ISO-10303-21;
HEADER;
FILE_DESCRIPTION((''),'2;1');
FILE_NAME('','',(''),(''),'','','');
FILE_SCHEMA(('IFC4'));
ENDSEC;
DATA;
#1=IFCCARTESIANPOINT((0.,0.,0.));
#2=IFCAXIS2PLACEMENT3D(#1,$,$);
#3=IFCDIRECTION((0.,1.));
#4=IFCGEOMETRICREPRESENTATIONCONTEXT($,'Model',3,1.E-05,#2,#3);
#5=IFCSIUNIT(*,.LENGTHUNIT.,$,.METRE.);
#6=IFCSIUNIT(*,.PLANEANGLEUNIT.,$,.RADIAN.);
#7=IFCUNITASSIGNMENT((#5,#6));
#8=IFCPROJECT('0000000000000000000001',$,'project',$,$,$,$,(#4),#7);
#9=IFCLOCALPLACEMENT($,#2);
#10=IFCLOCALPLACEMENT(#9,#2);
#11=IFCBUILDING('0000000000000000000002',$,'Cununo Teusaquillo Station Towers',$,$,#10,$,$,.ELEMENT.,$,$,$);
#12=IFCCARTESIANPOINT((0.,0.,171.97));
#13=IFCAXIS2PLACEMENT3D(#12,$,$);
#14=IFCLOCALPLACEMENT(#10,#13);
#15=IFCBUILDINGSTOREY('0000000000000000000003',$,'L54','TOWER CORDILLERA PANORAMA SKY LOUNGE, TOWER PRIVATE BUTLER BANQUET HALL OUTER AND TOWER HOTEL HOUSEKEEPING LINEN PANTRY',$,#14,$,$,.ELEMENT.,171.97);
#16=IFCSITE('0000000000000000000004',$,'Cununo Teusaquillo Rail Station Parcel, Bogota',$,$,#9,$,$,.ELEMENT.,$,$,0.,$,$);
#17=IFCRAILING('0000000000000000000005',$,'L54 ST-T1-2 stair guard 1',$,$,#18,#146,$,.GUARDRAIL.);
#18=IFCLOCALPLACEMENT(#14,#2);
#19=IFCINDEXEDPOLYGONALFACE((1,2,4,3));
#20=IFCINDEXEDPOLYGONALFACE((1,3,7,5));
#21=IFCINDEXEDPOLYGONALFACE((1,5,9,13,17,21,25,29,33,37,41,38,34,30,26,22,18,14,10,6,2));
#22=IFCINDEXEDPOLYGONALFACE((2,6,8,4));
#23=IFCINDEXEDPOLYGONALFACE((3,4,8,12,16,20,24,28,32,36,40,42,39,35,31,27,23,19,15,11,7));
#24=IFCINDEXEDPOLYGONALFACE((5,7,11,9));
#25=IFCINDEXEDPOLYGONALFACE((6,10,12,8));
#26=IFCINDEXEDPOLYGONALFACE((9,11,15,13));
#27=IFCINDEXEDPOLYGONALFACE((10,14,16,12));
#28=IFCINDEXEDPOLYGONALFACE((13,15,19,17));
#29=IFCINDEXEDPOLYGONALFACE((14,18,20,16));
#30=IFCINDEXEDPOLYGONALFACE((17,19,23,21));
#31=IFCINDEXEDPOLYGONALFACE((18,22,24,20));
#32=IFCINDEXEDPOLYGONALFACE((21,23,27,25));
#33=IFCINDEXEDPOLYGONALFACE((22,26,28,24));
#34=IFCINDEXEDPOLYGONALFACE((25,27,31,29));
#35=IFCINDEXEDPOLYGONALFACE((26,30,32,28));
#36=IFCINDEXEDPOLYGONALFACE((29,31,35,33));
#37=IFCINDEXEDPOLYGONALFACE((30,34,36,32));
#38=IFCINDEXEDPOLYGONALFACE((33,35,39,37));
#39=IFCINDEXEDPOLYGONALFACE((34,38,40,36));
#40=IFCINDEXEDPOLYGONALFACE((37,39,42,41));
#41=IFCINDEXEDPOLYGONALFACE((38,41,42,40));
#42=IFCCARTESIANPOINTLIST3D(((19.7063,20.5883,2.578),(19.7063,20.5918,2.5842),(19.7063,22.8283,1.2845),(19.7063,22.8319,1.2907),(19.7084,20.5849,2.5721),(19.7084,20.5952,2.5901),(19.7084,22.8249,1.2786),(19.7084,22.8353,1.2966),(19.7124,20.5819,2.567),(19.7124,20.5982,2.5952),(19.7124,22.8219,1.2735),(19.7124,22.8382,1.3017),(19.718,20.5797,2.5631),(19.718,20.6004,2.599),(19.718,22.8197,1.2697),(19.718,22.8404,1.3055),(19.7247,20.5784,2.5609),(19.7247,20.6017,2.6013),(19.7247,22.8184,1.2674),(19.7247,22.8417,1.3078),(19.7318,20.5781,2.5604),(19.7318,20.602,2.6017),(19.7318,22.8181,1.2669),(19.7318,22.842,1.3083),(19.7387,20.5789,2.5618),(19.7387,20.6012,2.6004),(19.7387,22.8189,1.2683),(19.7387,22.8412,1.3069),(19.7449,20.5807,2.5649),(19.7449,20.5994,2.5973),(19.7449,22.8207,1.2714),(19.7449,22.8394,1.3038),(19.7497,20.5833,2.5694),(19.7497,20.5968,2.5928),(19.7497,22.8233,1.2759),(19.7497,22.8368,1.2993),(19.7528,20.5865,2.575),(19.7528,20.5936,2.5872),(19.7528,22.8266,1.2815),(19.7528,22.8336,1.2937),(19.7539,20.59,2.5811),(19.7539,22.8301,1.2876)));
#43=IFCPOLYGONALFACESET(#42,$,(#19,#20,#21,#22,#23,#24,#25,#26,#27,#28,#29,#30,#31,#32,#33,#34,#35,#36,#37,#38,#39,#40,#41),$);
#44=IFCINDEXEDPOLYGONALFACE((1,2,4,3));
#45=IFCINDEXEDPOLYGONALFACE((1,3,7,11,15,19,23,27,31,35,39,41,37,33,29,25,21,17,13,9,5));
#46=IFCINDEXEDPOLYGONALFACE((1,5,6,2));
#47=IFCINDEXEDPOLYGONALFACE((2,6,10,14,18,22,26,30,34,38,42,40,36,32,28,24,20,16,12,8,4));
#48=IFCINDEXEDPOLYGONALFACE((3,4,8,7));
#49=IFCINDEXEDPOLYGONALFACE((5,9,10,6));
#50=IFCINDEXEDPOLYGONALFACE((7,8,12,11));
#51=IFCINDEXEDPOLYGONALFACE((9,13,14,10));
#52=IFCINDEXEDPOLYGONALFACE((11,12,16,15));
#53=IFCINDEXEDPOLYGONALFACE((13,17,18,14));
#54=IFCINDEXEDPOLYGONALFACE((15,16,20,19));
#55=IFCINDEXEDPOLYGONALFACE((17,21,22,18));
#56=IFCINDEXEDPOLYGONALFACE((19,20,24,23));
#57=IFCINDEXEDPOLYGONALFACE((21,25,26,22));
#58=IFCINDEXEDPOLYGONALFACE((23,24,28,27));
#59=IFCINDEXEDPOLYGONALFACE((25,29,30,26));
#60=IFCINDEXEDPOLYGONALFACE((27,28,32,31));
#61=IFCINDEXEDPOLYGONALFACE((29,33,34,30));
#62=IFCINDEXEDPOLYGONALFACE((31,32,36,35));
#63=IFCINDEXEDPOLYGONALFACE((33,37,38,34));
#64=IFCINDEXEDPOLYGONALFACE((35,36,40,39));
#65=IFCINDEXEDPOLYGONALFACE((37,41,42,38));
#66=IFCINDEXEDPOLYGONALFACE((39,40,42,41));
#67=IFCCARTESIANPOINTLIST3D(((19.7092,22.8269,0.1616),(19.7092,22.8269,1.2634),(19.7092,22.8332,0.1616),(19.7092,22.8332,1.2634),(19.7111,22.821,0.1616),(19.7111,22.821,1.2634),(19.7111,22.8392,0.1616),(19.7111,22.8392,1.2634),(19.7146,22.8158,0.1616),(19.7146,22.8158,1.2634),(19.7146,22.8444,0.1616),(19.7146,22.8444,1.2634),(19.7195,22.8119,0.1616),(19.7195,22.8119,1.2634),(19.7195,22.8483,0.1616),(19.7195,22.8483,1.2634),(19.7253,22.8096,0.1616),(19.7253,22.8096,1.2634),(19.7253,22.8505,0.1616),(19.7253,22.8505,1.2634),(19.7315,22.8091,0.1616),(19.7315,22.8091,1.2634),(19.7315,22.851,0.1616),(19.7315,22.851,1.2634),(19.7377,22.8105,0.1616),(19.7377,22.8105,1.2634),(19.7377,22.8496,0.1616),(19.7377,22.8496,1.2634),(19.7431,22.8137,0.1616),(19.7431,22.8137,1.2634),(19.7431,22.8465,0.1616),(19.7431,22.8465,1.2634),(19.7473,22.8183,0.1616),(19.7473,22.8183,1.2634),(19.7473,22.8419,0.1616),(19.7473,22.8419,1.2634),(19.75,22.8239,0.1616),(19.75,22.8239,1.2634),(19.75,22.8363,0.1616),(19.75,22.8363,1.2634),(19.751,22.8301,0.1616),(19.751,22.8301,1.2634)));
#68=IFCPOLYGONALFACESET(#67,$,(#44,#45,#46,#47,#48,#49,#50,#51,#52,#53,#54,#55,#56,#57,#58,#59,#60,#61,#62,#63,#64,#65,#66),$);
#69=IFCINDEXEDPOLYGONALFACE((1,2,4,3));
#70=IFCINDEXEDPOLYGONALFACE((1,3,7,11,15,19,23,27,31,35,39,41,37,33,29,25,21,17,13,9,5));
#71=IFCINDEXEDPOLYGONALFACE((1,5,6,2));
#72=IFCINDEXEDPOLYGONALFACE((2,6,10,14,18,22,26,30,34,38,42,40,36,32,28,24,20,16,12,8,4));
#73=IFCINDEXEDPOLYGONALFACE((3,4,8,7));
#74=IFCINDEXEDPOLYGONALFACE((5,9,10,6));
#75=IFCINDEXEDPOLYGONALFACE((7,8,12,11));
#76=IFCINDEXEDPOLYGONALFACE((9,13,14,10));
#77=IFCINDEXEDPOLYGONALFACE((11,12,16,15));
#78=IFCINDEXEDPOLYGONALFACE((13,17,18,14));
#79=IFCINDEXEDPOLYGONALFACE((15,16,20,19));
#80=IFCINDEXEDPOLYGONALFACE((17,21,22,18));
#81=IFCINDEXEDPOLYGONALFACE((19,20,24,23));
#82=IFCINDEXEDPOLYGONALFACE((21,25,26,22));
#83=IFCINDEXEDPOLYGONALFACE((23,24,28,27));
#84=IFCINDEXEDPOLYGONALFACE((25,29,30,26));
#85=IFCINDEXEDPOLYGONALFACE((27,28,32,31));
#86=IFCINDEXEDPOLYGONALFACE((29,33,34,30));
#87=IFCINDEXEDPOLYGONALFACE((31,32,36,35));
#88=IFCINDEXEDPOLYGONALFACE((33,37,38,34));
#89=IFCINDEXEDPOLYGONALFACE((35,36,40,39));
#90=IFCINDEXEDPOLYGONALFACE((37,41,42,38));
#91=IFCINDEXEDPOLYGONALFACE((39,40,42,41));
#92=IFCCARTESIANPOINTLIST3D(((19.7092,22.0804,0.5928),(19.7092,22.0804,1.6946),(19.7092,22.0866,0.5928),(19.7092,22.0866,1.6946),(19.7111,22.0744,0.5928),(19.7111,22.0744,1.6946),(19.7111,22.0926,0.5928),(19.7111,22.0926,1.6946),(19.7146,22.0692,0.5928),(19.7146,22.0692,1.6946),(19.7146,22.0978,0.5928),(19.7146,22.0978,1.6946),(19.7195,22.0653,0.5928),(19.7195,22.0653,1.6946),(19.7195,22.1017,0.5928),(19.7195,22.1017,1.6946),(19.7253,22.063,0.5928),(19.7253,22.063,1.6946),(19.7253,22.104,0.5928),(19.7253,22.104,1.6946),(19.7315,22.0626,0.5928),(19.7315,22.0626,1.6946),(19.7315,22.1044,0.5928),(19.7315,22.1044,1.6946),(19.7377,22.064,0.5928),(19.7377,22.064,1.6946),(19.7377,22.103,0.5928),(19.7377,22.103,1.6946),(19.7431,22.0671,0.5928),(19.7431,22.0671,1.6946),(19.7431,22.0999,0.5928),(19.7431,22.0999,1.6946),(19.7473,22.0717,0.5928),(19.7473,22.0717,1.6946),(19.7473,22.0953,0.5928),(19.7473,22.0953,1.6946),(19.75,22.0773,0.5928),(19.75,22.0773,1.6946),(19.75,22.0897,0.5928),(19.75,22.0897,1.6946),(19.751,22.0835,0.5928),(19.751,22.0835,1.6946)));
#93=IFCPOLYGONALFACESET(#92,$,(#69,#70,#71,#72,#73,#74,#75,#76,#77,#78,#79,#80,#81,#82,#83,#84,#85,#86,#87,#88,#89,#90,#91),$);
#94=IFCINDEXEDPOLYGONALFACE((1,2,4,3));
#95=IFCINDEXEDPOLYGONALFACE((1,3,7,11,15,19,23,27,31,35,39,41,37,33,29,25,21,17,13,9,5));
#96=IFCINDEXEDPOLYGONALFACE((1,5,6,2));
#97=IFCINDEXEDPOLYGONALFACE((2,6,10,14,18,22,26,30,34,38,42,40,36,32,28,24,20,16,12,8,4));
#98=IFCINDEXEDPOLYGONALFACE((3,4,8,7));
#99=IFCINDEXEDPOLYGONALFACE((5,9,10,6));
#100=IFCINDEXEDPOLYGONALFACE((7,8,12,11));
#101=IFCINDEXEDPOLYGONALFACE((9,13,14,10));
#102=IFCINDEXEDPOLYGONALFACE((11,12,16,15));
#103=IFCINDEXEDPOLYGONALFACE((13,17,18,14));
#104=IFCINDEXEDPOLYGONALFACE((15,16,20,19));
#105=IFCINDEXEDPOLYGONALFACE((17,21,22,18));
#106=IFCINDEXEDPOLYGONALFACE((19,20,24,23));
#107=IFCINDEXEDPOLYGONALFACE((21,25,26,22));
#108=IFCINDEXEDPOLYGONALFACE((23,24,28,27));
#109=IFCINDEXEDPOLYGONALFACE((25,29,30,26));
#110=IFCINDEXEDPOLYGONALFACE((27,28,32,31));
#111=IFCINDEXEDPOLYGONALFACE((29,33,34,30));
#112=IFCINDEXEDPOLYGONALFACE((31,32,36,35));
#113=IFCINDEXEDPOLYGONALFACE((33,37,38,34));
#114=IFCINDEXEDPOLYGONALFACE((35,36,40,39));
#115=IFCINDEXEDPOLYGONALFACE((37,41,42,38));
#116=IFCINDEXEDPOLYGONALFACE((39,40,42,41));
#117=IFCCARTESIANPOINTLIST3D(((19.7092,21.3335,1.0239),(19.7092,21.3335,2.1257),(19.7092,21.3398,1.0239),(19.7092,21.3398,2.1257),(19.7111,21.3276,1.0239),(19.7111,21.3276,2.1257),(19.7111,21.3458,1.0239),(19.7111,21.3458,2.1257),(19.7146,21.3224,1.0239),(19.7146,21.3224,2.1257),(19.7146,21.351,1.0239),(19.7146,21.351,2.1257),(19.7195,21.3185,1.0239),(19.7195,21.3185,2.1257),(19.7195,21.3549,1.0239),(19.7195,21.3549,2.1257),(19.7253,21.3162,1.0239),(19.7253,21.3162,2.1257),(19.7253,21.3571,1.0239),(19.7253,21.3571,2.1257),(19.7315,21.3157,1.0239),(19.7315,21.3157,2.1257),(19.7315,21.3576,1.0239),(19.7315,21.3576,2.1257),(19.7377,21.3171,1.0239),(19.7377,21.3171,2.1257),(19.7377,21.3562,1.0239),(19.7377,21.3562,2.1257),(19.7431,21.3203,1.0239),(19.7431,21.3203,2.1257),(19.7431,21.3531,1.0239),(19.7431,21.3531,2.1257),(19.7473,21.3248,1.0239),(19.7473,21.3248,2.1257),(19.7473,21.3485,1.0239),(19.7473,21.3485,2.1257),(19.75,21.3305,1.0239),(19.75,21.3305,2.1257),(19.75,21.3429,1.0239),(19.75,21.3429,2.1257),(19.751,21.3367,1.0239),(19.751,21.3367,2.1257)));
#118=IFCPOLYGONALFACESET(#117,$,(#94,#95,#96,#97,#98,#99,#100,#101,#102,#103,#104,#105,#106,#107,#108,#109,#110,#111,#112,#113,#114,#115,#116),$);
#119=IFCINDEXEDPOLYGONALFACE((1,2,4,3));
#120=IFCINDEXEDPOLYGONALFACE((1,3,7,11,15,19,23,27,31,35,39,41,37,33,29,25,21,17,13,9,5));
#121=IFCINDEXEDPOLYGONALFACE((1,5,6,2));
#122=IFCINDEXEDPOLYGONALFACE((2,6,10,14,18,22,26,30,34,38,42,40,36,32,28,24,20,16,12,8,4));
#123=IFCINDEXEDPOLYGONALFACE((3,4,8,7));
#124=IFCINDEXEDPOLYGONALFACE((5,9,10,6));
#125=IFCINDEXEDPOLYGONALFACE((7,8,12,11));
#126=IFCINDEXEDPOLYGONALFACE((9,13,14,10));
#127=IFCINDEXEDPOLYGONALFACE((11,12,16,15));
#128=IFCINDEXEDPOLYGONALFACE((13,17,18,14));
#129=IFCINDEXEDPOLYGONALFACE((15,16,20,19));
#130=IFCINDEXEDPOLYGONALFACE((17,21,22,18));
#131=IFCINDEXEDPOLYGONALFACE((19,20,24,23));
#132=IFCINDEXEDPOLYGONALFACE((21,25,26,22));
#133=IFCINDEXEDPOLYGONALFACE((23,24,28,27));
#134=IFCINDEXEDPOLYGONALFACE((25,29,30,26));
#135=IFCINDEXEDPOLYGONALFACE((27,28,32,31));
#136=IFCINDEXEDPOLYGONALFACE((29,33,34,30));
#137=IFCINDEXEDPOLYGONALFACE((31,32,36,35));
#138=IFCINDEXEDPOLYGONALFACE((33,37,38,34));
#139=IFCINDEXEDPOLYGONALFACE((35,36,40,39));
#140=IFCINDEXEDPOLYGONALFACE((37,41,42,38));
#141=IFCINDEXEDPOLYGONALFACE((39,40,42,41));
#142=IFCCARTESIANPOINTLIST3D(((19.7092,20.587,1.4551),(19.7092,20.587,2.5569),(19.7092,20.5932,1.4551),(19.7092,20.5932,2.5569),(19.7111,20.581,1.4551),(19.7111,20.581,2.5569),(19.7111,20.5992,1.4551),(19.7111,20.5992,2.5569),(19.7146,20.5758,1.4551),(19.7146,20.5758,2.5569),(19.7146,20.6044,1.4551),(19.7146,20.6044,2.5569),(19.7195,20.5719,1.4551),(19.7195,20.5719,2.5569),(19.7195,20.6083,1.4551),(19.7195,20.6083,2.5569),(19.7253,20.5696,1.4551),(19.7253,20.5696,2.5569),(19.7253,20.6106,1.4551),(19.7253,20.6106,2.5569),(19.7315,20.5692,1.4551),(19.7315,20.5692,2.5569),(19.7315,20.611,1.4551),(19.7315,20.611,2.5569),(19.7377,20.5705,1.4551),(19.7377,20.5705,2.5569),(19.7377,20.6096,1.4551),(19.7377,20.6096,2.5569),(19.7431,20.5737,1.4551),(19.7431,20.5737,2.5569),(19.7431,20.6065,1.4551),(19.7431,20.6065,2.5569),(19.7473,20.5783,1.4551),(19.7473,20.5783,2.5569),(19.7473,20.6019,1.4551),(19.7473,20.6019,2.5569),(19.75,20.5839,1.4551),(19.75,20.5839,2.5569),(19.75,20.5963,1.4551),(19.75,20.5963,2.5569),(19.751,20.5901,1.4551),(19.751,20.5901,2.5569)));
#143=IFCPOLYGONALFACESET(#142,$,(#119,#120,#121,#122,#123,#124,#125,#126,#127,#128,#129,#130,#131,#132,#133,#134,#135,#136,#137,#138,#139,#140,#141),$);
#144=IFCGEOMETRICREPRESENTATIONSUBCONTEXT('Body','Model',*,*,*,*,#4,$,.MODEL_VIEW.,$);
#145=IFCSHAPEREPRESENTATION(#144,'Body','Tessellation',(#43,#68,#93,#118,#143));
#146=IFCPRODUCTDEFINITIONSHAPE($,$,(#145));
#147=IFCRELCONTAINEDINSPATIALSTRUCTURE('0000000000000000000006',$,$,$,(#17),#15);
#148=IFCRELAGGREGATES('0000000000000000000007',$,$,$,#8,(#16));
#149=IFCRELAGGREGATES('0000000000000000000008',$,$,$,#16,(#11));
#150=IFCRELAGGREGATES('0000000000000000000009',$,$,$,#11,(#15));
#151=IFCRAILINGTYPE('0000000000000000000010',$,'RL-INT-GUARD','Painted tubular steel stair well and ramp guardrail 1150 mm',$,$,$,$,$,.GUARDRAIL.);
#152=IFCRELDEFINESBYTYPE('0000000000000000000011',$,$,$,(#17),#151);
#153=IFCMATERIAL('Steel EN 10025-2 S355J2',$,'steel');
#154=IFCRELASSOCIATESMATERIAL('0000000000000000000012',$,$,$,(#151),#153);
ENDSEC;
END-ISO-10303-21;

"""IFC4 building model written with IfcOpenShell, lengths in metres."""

from ifc_helpers import new_model, si_unit, direction, frame, origin, origin_2d, place, context, subcontext, project, spatial, circle, extrude, material, type_object, element, save


model = new_model("IFC4")

# Units and contexts
model_context = context("Model", 3, precision=1e-05, world=origin(), true_north=direction((0.0, 1.0)))
body_context = subcontext(model_context, "Body", "Model", "MODEL_VIEW")
ifc_project = project(units=[si_unit("LENGTHUNIT", "METRE"), si_unit("PLANEANGLEUNIT", "RADIAN")], contexts=[model_context])

# Site, building, storey
site_placement = place(None, origin())
site = spatial("IfcSite", under=ifc_project, at=site_placement, Name="Cununo Teusaquillo Rail Station Parcel, Bogota", CompositionType="ELEMENT", RefElevation=0.0)
building_placement = place(site_placement, origin())
building = spatial("IfcBuilding", under=site, at=building_placement, Name="Cununo Teusaquillo Station Towers", CompositionType="ELEMENT")
storey_placement = place(building_placement, frame((0.0, 0.0, 171.97)))
storey = spatial("IfcBuildingStorey", under=building, at=storey_placement, Name="L54", Description="TOWER CORDILLERA PANORAMA SKY LOUNGE, TOWER PRIVATE BUTLER BANQUET HALL OUTER AND TOWER HOTEL HOUSEKEEPING LINEN PANTRY", CompositionType="ELEMENT", Elevation=171.97)

# Railing
ifc_material_1 = material(Name="Steel EN 10025-2 S355J2", Category="steel")
railing_type_1 = type_object("IfcRailingType", Name="RL-INT-GUARD", Description="Painted tubular steel stair well and ramp guardrail 1150 mm", PredefinedType="GUARDRAIL", material=ifc_material_1)
railing_1_placement = place(storey_placement, frame((19.73, 22.8301, 0.1616)))
element("IfcRailing", 1, at=railing_1_placement, inside=storey, type_object=railing_type_1, Name="L54 ST-T1-2 stair guard 1", PredefinedType="GUARDRAIL", context=body_context, shape_type="SweptSolid", body=[
    extrude(circle(Radius=0.0239, at=origin_2d()), frame((0.0, 0.0, 1.126), z_axis=(0.0, -0.865992, 0.500057), x_axis=(1.0, 0.0, 0.0)), (0.0, 0.0, 1.0), 2.5867),
    extrude(circle(Radius=0.021, at=origin_2d()), origin(), (0.0, 0.0, 1.0), 1.1018),
    extrude(circle(Radius=0.021, at=origin_2d()), frame((0.0, -0.7466, 0.4312)), (0.0, 0.0, 1.0), 1.1018),
    extrude(circle(Radius=0.021, at=origin_2d()), frame((0.0, -1.4934, 0.8623)), (0.0, 0.0, 1.0), 1.1018),
    extrude(circle(Radius=0.021, at=origin_2d()), frame((0.0, -2.24, 1.2935)), (0.0, 0.0, 1.0), 1.1018),
])

save(model, "model.ifc")
